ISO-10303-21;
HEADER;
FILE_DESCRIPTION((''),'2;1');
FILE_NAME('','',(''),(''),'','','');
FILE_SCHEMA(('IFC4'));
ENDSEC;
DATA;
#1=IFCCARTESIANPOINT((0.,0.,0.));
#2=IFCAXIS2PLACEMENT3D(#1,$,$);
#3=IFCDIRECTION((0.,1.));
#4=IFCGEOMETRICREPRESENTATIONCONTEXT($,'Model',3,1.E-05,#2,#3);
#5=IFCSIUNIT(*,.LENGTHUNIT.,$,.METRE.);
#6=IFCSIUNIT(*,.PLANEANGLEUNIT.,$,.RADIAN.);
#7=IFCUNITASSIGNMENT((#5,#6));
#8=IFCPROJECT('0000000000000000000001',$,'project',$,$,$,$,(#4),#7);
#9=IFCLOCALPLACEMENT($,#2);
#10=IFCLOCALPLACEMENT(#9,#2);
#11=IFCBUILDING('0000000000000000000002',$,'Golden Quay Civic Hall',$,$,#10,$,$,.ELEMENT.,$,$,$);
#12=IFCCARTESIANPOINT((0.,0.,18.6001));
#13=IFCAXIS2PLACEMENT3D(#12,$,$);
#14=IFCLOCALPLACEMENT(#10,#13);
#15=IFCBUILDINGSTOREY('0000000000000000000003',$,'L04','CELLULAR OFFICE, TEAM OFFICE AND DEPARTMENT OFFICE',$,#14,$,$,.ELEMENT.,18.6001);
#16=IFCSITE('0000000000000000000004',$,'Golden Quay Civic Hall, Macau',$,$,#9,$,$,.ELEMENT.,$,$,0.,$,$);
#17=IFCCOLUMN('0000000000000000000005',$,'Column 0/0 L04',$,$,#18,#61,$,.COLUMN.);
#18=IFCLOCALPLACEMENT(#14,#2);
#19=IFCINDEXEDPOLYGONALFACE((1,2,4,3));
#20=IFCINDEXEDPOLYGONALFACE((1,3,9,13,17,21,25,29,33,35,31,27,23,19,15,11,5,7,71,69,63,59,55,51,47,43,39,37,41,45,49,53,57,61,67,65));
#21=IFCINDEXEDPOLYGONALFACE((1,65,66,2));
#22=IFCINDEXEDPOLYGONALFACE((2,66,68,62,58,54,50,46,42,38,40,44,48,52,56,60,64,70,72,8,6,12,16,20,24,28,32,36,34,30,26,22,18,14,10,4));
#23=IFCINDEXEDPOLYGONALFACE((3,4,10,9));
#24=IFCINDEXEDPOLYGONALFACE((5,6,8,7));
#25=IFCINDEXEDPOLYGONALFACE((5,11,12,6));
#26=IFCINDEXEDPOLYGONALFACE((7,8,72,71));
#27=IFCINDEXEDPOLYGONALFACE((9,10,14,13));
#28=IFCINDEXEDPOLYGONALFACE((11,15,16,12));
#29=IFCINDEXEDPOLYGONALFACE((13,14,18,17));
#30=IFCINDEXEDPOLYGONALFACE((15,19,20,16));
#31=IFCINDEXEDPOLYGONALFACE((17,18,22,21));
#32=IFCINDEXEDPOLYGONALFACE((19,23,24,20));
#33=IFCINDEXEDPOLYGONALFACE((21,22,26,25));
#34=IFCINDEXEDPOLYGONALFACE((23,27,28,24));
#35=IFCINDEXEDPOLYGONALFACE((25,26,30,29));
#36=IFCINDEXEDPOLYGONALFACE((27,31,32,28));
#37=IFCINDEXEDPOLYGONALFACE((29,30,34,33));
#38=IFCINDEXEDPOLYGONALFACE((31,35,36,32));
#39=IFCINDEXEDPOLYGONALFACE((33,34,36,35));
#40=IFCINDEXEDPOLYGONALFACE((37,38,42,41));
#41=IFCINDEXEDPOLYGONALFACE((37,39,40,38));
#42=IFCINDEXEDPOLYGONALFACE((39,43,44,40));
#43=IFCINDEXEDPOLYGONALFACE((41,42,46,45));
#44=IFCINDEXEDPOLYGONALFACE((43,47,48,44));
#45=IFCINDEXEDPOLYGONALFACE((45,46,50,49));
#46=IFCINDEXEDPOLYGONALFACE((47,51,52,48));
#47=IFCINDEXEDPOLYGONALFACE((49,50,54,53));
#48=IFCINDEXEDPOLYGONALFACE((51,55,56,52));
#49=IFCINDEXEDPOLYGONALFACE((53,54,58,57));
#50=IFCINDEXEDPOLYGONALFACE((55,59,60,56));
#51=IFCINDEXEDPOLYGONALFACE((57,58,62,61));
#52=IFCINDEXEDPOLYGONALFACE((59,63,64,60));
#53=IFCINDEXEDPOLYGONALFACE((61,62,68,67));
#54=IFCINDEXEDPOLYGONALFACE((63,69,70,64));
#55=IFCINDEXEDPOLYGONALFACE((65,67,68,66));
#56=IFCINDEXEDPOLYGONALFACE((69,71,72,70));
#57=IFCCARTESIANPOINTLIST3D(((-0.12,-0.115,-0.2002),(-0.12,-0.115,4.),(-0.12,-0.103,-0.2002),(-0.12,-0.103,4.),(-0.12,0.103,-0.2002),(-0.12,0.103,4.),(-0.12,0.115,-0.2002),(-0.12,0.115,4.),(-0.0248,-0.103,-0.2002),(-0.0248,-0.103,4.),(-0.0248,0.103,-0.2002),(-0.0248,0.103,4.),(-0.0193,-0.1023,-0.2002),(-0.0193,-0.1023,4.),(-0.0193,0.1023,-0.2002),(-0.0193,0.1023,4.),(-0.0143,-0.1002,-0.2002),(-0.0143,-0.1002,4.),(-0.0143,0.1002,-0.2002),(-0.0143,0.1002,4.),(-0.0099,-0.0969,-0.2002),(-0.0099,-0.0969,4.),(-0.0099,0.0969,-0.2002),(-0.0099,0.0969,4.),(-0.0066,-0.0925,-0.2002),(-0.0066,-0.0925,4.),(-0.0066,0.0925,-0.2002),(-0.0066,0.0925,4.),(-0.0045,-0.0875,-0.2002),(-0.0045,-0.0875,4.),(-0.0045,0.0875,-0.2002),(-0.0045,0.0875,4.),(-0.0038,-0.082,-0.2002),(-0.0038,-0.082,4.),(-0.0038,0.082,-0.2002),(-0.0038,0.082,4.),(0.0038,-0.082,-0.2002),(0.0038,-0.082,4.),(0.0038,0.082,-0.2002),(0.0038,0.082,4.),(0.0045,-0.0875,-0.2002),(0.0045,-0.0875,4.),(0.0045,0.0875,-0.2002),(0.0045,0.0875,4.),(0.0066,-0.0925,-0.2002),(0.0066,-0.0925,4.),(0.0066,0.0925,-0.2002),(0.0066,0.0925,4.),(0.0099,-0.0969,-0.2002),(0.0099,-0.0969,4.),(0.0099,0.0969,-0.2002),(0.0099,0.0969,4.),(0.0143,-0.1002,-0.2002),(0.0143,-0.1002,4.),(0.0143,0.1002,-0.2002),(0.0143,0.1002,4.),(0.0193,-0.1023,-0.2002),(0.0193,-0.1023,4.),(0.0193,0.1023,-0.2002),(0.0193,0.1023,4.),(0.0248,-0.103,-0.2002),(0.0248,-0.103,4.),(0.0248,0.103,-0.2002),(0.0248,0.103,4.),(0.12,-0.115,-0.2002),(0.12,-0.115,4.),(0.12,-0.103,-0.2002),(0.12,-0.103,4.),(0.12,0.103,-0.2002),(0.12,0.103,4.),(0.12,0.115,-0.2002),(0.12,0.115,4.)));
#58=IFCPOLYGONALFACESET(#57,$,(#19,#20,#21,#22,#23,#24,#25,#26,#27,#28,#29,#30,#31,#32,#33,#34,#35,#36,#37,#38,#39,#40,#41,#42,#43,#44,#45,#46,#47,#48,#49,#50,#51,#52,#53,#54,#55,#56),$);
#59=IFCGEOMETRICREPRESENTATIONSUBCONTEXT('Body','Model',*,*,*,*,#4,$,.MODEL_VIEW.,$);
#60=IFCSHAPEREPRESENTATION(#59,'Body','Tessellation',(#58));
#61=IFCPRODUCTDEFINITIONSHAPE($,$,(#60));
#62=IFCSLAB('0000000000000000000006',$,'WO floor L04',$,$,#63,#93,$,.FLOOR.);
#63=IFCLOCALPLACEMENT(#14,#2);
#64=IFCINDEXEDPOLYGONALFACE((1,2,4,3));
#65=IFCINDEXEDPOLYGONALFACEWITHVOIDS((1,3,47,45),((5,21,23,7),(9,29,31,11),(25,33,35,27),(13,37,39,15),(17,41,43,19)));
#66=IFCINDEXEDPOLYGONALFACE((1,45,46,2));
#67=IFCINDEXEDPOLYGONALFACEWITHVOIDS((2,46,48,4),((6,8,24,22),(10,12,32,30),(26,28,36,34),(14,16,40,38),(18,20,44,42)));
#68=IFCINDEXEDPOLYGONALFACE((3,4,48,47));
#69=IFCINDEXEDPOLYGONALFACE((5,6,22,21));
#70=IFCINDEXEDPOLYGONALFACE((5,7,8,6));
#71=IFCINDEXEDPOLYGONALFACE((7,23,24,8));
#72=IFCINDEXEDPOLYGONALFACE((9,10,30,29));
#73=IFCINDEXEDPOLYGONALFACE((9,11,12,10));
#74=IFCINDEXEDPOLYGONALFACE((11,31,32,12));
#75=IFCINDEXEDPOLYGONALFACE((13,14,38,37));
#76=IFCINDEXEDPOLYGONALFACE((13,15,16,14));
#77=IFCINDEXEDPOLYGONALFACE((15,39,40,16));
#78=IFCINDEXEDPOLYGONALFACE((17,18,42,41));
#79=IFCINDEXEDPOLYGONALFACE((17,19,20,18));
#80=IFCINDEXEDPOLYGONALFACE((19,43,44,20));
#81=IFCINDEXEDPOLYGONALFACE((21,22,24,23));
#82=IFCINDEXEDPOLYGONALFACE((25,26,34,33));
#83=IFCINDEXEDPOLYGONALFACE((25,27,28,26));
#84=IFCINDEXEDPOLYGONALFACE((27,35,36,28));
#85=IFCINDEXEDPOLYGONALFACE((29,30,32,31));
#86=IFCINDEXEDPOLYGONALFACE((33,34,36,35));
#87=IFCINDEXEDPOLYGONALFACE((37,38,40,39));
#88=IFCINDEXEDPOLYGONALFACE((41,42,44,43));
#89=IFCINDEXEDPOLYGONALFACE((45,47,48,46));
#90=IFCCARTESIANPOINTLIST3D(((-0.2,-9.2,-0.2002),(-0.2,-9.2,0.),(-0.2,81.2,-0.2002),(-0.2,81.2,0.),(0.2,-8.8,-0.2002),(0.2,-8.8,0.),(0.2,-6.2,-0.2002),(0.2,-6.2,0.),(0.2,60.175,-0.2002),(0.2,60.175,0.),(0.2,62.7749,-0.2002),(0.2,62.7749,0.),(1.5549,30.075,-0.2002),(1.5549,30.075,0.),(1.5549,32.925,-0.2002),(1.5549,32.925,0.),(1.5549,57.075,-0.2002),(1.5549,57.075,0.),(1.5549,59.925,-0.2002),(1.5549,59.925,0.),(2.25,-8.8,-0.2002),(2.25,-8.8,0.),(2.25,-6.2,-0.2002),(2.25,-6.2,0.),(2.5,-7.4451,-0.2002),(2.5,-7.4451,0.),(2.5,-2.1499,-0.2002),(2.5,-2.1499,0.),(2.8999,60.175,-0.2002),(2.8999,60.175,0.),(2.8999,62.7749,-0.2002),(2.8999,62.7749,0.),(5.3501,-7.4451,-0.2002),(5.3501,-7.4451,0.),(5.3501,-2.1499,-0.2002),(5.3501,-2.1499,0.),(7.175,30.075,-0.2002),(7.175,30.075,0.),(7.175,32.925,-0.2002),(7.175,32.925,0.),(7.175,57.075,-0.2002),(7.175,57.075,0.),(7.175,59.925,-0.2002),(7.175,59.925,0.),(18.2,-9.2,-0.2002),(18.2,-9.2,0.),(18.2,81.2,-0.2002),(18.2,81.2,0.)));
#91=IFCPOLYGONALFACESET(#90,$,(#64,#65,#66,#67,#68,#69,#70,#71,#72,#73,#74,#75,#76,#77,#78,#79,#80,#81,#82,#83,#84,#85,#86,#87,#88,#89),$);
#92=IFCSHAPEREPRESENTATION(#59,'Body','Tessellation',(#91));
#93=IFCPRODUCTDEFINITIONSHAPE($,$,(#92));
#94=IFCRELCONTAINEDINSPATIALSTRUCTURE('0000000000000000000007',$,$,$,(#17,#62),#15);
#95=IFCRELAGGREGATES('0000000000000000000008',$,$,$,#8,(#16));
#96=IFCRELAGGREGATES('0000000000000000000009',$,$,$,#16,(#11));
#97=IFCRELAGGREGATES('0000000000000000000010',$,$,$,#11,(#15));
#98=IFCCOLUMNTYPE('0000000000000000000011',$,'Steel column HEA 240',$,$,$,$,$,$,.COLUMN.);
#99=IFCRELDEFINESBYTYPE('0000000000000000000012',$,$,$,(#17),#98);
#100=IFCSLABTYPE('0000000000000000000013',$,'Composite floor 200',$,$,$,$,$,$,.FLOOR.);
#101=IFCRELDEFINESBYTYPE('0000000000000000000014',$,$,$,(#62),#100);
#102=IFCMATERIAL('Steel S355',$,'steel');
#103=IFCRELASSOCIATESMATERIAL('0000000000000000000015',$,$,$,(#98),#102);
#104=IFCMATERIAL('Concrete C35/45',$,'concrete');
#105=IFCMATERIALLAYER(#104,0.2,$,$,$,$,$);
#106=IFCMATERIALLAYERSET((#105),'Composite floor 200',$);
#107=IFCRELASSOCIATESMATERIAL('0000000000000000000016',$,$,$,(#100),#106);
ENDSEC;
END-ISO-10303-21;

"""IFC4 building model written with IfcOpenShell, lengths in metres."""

from ifc_helpers import new_model, si_unit, direction, frame, origin, origin_2d, place, context, subcontext, project, spatial, polyline, i_section, outline, extrude, material, layer, layer_set, material_profile, profile_set, type_object, element, save


model = new_model("IFC4")

# Units and contexts
model_context = context("Model", 3, precision=1e-05, world=origin(), true_north=direction((0.0, 1.0)))
body_context = subcontext(model_context, "Body", "Model", "MODEL_VIEW")
ifc_project = project(units=[si_unit("LENGTHUNIT", "METRE"), si_unit("PLANEANGLEUNIT", "RADIAN")], contexts=[model_context])

# Site, building, storey
site_placement = place(None, origin())
site = spatial("IfcSite", under=ifc_project, at=site_placement, Name="Golden Quay Civic Hall, Macau", CompositionType="ELEMENT", RefElevation=0.0)
building_placement = place(site_placement, origin())
building = spatial("IfcBuilding", under=site, at=building_placement, Name="Golden Quay Civic Hall", CompositionType="ELEMENT")
storey_placement = place(building_placement, frame((0.0, 0.0, 18.6001)))
storey = spatial("IfcBuildingStorey", under=building, at=storey_placement, Name="L04", Description="CELLULAR OFFICE, TEAM OFFICE AND DEPARTMENT OFFICE", CompositionType="ELEMENT", Elevation=18.6001)

# Column
ifc_material_1 = material(Name="Steel S355", Category="steel")
ifc_material_profile = material_profile(ifc_material_1, i_section(OverallWidth=0.24, OverallDepth=0.23, WebThickness=0.0076, FlangeThickness=0.012, FilletRadius=0.021, at=origin_2d()), Name="HEA 240")
ifc_profile_set = profile_set([ifc_material_profile], Name="Steel S355")
column_type = type_object("IfcColumnType", Name="Steel column HEA 240", PredefinedType="COLUMN", material=ifc_profile_set)
column_placement = place(storey_placement, frame((0.0, 0.0, -0.2002), z_axis=(0.0, 0.0, 1.0), x_axis=(1.0, 0.0, 0.0)))
element("IfcColumn", 1, at=column_placement, inside=storey, type_object=column_type, Name="Column 0/0 L04", PredefinedType="COLUMN", context=body_context, shape_type="SweptSolid", body=[
    extrude(i_section(OverallWidth=0.24, OverallDepth=0.23, WebThickness=0.0076, FlangeThickness=0.012, FilletRadius=0.021, at=origin_2d()), origin(), (0.0, 0.0, 1.0), 4.2002),
])

# Slab
ifc_material_2 = material(Name="Concrete C35/45", Category="concrete")
ifc_layer_1 = layer(ifc_material_2, 0.2)
ifc_layer_set_1 = layer_set([ifc_layer_1], Name="Composite floor 200")
slab_type_1 = type_object("IfcSlabType", Name="Composite floor 200", PredefinedType="FLOOR", material=ifc_layer_set_1)
slab_1_placement = place(storey_placement, frame((0.0, 0.0, -0.2002)))
element("IfcSlab", 2, at=slab_1_placement, inside=storey, type_object=slab_type_1, Name="WO floor L04", PredefinedType="FLOOR", context=body_context, shape_type="SweptSolid", body=[
    extrude(outline(polyline([(-0.2, -9.2), (-0.2, 81.2), (18.2, 81.2), (18.2, -9.2), (-0.2, -9.2)]), holes=[polyline([(5.3501, -2.1499), (2.5, -2.1499), (2.5, -7.4451), (5.3501, -7.4451), (5.3501, -2.1499)]), polyline([(2.25, -8.8), (2.25, -6.2), (0.2, -6.2), (0.2, -8.8), (2.25, -8.8)]), polyline([(1.5549, 57.075), (7.175, 57.075), (7.175, 59.925), (1.5549, 59.925), (1.5549, 57.075)]), polyline([(0.2, 62.7749), (0.2, 60.175), (2.8999, 60.175), (2.8999, 62.7749), (0.2, 62.7749)]), polyline([(7.175, 32.925), (1.5549, 32.925), (1.5549, 30.075), (7.175, 30.075), (7.175, 32.925)])]), origin(), (0.0, 0.0, 1.0), 0.2002),
])

save(model, "model.ifc")
